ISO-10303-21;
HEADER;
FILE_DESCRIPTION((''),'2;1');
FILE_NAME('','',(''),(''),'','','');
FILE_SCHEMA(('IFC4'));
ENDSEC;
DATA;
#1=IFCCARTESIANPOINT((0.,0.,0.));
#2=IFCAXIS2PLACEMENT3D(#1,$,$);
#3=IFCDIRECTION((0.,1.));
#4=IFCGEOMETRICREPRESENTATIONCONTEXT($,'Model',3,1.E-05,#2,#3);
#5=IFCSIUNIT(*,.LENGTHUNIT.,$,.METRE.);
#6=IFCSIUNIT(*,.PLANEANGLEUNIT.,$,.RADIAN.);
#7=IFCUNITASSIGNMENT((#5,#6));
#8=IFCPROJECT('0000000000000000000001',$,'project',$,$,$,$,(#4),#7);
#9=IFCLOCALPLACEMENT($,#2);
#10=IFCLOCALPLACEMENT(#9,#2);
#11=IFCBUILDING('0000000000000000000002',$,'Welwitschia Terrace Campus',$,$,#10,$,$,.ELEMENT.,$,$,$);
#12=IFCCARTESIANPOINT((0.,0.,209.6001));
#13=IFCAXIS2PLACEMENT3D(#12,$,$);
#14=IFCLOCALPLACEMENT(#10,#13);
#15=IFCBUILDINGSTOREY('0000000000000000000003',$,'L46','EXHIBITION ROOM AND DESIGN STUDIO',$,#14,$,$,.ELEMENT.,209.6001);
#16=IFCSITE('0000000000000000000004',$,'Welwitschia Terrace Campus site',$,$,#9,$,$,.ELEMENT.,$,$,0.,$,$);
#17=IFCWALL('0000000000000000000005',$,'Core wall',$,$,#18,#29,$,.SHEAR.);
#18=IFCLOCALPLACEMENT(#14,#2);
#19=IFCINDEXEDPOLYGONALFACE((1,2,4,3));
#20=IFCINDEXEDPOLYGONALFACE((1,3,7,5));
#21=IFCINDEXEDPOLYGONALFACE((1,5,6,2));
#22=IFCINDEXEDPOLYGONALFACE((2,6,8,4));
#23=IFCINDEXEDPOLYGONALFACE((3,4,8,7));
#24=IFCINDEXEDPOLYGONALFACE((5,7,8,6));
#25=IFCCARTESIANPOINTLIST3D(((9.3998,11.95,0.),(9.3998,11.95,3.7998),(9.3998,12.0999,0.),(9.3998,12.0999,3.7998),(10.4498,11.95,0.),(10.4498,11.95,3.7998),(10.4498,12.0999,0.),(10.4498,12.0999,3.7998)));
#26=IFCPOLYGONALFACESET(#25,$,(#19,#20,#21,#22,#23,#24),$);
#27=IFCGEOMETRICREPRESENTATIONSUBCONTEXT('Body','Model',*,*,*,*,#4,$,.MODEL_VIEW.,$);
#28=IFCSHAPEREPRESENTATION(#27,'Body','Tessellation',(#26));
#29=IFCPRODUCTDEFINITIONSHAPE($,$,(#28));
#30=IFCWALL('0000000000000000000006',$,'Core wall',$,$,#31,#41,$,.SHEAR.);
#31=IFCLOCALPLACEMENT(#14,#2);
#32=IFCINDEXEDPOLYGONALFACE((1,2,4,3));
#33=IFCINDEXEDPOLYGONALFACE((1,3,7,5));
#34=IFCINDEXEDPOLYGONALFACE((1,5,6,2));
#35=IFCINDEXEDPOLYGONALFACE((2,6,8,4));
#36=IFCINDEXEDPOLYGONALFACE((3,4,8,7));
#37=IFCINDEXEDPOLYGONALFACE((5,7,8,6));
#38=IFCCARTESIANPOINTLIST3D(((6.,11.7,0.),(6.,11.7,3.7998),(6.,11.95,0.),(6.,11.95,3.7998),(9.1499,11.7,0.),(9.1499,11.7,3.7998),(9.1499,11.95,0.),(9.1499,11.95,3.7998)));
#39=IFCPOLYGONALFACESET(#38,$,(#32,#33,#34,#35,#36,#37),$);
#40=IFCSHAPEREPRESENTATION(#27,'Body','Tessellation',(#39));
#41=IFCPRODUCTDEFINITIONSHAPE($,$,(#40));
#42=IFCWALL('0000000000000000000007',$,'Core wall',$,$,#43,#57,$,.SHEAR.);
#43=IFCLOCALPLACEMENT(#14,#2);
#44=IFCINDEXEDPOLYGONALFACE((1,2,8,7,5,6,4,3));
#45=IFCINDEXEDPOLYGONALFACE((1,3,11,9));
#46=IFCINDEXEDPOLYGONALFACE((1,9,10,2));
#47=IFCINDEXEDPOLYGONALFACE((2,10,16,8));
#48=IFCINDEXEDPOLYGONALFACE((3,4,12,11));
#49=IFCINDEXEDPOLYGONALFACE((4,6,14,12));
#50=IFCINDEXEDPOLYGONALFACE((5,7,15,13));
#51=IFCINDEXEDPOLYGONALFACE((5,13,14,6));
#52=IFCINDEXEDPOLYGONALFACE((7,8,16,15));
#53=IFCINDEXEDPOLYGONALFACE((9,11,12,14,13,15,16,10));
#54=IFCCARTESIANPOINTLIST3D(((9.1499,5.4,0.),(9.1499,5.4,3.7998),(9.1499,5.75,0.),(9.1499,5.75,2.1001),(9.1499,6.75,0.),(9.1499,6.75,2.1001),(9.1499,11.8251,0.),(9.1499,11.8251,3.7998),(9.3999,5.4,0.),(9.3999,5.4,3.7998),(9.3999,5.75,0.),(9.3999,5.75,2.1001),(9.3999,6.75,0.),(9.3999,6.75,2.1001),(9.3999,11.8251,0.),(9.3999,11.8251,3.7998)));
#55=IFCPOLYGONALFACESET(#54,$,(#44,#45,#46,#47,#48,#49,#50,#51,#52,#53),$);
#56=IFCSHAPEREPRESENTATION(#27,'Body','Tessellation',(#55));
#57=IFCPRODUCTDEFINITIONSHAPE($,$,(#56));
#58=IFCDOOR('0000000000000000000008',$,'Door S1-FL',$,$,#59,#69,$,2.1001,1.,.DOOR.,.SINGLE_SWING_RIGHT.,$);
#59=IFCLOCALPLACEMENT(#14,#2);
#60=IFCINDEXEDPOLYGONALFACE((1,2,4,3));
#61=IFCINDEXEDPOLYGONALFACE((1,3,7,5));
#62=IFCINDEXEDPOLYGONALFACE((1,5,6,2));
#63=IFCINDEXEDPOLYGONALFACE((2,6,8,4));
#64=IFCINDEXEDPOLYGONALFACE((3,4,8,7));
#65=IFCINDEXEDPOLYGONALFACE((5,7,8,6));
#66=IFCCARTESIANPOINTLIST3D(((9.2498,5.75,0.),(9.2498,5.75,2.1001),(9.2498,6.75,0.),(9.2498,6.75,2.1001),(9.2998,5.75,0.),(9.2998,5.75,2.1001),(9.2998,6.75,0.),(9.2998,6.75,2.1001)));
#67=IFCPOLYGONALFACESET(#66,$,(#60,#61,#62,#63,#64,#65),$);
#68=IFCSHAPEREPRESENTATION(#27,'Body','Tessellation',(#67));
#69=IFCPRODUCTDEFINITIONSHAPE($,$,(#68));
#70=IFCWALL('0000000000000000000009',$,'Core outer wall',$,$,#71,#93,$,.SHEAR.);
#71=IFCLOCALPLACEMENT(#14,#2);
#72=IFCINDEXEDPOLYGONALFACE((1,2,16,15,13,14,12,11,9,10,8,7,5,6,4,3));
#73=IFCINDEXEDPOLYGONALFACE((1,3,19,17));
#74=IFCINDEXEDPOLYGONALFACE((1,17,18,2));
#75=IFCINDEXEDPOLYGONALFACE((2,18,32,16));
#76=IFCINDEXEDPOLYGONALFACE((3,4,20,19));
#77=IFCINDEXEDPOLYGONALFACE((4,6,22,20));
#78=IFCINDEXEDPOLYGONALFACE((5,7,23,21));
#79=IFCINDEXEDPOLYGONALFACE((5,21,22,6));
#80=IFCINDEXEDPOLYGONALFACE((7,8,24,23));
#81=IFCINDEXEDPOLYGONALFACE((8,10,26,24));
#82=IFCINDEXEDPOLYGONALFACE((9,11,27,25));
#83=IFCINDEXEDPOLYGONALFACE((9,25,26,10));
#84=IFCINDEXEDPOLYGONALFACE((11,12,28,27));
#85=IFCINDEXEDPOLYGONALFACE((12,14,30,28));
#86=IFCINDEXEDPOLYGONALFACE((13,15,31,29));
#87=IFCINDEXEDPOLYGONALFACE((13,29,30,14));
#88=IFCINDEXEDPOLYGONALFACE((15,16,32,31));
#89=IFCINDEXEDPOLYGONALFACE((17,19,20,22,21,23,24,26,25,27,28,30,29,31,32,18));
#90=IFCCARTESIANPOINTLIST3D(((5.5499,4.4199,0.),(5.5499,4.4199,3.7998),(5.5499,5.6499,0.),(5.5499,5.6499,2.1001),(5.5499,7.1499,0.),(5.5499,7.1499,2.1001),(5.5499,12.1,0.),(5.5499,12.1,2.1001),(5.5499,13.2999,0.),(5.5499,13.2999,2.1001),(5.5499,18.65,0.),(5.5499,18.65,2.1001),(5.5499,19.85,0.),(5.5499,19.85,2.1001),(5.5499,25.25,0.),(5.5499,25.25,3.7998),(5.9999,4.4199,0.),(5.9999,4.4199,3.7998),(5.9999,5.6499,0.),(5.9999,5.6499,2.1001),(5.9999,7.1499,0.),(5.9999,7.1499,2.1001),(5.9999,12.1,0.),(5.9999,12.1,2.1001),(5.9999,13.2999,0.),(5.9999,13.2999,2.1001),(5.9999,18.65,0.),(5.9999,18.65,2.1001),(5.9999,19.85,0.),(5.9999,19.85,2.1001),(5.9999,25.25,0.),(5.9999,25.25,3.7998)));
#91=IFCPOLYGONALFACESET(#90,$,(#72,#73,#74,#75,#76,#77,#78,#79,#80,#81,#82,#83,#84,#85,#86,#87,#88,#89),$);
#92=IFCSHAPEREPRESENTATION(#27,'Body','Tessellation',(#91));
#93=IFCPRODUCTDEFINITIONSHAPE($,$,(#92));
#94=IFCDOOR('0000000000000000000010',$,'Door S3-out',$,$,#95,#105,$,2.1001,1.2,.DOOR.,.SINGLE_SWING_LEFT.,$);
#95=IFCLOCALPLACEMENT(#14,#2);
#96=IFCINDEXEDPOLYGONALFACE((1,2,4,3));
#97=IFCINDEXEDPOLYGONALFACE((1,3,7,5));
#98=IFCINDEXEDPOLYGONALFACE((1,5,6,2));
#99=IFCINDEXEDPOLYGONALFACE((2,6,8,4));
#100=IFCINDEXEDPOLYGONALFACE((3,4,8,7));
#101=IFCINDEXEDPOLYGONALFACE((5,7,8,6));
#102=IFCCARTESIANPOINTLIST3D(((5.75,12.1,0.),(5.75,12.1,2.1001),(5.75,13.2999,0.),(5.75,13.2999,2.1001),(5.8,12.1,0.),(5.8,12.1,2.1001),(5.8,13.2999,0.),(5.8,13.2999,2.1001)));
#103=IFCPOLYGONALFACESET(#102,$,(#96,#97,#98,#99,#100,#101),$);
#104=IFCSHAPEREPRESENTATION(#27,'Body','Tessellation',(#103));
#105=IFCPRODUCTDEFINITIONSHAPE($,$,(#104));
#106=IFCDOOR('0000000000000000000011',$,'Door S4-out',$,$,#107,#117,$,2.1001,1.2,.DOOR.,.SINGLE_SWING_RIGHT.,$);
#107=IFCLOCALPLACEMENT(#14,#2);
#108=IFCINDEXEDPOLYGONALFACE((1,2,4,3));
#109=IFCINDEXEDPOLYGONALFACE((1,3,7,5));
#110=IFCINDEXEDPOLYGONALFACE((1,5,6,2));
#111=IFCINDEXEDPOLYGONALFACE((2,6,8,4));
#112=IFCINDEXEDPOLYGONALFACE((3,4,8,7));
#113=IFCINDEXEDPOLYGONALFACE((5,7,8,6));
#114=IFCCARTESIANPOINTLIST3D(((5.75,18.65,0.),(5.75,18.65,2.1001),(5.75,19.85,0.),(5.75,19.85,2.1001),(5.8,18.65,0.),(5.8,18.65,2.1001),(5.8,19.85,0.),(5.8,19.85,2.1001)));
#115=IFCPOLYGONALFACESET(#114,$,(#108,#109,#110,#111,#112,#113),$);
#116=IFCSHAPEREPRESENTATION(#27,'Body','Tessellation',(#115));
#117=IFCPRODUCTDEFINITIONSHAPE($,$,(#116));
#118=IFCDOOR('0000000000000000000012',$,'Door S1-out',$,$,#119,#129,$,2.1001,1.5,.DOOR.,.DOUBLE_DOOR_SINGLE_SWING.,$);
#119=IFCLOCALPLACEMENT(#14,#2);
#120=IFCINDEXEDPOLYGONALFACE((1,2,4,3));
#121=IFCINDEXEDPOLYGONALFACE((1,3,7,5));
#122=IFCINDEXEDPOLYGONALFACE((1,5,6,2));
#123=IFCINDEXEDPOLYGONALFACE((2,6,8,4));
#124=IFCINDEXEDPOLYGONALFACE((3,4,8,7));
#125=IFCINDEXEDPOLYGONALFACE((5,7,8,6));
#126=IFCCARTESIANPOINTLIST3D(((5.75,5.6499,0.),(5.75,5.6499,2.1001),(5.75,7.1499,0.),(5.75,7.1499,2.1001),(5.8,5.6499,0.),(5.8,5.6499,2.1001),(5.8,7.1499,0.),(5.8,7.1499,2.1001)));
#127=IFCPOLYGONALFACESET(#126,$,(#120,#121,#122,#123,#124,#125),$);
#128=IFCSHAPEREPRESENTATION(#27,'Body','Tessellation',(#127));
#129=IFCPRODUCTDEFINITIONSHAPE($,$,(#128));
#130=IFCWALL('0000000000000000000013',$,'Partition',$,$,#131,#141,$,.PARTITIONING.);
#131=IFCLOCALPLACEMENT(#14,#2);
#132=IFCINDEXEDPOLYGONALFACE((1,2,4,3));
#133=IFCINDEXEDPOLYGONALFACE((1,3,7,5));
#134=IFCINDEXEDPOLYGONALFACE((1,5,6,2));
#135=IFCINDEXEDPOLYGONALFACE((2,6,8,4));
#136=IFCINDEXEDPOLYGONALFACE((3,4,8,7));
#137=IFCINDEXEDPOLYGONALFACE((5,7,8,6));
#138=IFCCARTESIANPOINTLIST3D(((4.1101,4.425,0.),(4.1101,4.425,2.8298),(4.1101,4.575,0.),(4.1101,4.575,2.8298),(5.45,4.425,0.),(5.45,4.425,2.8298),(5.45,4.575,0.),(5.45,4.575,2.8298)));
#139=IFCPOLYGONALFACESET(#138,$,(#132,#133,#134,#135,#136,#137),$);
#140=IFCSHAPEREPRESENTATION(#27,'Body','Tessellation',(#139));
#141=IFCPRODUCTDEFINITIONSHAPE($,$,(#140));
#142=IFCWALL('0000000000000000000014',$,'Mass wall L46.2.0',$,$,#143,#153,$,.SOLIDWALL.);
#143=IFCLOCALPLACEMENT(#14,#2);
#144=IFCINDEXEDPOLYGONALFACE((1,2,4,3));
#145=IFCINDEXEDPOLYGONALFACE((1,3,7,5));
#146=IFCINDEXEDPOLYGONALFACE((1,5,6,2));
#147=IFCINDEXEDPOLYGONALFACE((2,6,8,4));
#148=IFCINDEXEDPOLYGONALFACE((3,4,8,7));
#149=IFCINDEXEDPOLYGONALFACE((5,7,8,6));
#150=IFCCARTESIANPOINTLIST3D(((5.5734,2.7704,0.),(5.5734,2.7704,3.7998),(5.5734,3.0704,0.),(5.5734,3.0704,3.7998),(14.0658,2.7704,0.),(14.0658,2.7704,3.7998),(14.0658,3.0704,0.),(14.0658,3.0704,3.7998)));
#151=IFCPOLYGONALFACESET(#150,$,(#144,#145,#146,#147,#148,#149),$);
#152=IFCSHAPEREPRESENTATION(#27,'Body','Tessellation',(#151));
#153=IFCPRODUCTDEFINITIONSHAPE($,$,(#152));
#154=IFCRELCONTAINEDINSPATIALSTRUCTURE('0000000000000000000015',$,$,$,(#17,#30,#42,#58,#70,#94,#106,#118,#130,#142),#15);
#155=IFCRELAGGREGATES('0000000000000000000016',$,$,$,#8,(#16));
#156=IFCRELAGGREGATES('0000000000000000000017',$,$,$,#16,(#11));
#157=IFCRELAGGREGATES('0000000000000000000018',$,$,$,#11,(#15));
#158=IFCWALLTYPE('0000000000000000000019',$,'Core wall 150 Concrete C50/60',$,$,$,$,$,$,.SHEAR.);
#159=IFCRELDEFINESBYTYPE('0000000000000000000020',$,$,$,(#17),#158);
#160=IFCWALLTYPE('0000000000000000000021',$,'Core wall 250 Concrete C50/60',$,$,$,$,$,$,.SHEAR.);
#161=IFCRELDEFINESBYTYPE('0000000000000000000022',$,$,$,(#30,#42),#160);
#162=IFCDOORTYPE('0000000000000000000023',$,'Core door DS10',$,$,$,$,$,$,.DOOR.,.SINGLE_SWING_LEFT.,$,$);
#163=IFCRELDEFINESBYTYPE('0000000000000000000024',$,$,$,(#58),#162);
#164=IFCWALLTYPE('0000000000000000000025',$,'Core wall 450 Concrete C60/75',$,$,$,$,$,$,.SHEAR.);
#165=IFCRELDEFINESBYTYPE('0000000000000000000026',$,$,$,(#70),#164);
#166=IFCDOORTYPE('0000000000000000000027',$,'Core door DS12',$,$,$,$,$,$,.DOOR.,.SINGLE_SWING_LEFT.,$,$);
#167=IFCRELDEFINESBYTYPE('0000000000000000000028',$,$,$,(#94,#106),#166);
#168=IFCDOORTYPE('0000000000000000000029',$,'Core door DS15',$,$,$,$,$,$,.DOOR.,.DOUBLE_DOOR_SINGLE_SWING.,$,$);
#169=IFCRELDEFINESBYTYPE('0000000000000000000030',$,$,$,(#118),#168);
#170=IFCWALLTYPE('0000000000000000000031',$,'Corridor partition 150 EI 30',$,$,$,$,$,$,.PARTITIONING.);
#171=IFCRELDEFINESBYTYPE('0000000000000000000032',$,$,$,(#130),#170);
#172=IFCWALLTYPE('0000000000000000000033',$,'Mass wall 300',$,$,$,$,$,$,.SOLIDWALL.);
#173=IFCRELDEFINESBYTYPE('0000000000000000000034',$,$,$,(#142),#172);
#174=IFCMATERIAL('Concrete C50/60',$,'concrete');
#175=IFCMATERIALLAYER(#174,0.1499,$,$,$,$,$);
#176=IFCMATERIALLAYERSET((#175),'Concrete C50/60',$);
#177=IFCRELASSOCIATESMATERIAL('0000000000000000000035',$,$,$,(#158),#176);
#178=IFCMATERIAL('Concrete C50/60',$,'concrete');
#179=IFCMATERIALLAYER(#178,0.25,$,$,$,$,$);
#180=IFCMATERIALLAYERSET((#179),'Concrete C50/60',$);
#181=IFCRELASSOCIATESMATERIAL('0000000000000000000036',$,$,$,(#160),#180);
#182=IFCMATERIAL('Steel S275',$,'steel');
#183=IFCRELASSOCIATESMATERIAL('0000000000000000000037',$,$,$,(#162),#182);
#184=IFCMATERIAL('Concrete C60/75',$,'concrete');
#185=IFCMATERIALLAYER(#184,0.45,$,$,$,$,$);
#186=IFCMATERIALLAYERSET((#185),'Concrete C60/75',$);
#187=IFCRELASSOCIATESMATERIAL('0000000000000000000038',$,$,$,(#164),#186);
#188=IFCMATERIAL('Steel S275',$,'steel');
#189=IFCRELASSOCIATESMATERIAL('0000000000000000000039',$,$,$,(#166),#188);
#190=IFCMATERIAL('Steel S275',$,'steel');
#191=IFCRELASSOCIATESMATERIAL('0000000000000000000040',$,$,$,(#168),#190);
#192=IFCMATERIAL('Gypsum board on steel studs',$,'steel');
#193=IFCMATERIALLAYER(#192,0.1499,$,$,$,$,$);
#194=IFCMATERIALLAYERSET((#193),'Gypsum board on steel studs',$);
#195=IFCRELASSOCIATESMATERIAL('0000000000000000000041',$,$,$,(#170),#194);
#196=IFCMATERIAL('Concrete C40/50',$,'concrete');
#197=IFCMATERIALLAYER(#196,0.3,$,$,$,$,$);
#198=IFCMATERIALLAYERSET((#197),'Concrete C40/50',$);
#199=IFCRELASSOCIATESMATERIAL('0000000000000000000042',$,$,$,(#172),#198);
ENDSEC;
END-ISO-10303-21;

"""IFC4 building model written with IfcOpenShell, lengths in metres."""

from ifc_helpers import new_model, si_unit, direction, frame, frame_2d, origin, place, context, subcontext, project, spatial, rectangle, extrude, material, layer, layer_set, type_object, element, fill, save


model = new_model("IFC4")

# Units and contexts
model_context = context("Model", 3, precision=1e-05, world=origin(), true_north=direction((0.0, 1.0)))
body_context = subcontext(model_context, "Body", "Model", "MODEL_VIEW")
ifc_project = project(units=[si_unit("LENGTHUNIT", "METRE"), si_unit("PLANEANGLEUNIT", "RADIAN")], contexts=[model_context])

# Site, building, storey
site_placement = place(None, origin())
site = spatial("IfcSite", under=ifc_project, at=site_placement, Name="Welwitschia Terrace Campus site", CompositionType="ELEMENT", RefElevation=0.0)
building_placement = place(site_placement, origin())
building = spatial("IfcBuilding", under=site, at=building_placement, Name="Welwitschia Terrace Campus", CompositionType="ELEMENT")
storey_placement = place(building_placement, frame((0.0, 0.0, 209.6001)))
storey = spatial("IfcBuildingStorey", under=building, at=storey_placement, Name="L46", Description="EXHIBITION ROOM AND DESIGN STUDIO", CompositionType="ELEMENT", Elevation=209.6001)

# Walls
ifc_material_1 = material(Name="Concrete C50/60", Category="concrete")
ifc_layer_1 = layer(ifc_material_1, 0.1499)
ifc_layer_set_1 = layer_set([ifc_layer_1], Name="Concrete C50/60")
wall_type_1 = type_object("IfcWallType", Name="Core wall 150 Concrete C50/60", PredefinedType="SHEAR", material=ifc_layer_set_1)
for number, where, z_axis, x_axis, name in (
    (1, (9.3999, 12.0249, 0.0), (0.0, 0.0, 1.0), (1.0, 0.0, 0.0), "Core wall"),
):
    element("IfcWall", number, at=place(storey_placement, frame(where, z_axis=z_axis, x_axis=x_axis)), inside=storey, type_object=wall_type_1, Name=name, PredefinedType="SHEAR", context=body_context, shape_type="SweptSolid", body=[
        extrude(rectangle(XDim=1.05, YDim=0.1499, at=frame_2d((0.5249, 0.0))), origin(), (0.0, 0.0, 1.0), 3.7998),
    ])
ifc_material_2 = material(Name="Concrete C50/60", Category="concrete")
ifc_layer_2 = layer(ifc_material_2, 0.25)
ifc_layer_set_2 = layer_set([ifc_layer_2], Name="Concrete C50/60")
wall_type_2 = type_object("IfcWallType", Name="Core wall 250 Concrete C50/60", PredefinedType="SHEAR", material=ifc_layer_set_2)
wall_1_placement = place(storey_placement, frame((6.0, 11.825, 0.0), z_axis=(0.0, 0.0, 1.0), x_axis=(1.0, 0.0, 0.0)))
element("IfcWall", 2, at=wall_1_placement, inside=storey, type_object=wall_type_2, Name="Core wall", PredefinedType="SHEAR", context=body_context, shape_type="SweptSolid", body=[
    extrude(rectangle(XDim=3.1499, YDim=0.25, at=frame_2d((1.575, 0.0))), origin(), (0.0, 0.0, 1.0), 3.7998),
])

# Wall, opening, door
wall_2_placement = place(storey_placement, frame((9.2749, 11.825, 0.0), z_axis=(0.0, 0.0, 1.0), x_axis=(0.0, -1.0, 0.0)))
wall_2 = element("IfcWall", 3, at=wall_2_placement, inside=storey, type_object=wall_type_2, Name="Core wall", PredefinedType="SHEAR", context=body_context, shape_type="SweptSolid", body=[
    extrude(rectangle(XDim=6.425, YDim=0.25, at=frame_2d((3.2124, 0.0))), origin(), (0.0, 0.0, 1.0), 3.7998),
])
opening_1_placement = place(wall_2_placement, frame((5.075, 0.0, 0.0)))
opening_1 = element("IfcOpeningElement", 4, at=opening_1_placement, cuts=wall_2, PredefinedType="OPENING", context=body_context, shape_type="SweptSolid", body=[
    extrude(rectangle(XDim=1.0, YDim=2.1001, at=frame_2d((0.5, 1.05))), frame((0.0, 0.135, 0.0), z_axis=(0.0, -1.0, 0.0), x_axis=(1.0, 0.0, 0.0)), (0.0, 0.0, 1.0), 0.27),
])
ifc_material_3 = material(Name="Steel S275", Category="steel")
door_type_1 = type_object("IfcDoorType", Name="Core door DS10", OperationType="SINGLE_SWING_LEFT", PredefinedType="DOOR", material=ifc_material_3)
door_1_placement = place(opening_1_placement, origin())
door_1 = element("IfcDoor", 5, at=door_1_placement, inside=storey, type_object=door_type_1, Name="Door S1-FL", OperationType="SINGLE_SWING_RIGHT", OverallHeight=2.1001, OverallWidth=1.0, PredefinedType="DOOR", context=body_context, shape_type="SweptSolid", body=[
    extrude(rectangle(XDim=1.0, YDim=2.1001, at=frame_2d((0.5, 1.05))), frame((0.0, 0.0249, 0.0), z_axis=(0.0, -1.0, 0.0), x_axis=(1.0, 0.0, 0.0)), (0.0, 0.0, 1.0), 0.05),
])
fill(opening_1, door_1)

# Wall, openings, doors
ifc_material_4 = material(Name="Concrete C60/75", Category="concrete")
ifc_layer_3 = layer(ifc_material_4, 0.45)
ifc_layer_set_3 = layer_set([ifc_layer_3], Name="Concrete C60/75")
wall_type_3 = type_object("IfcWallType", Name="Core wall 450 Concrete C60/75", PredefinedType="SHEAR", material=ifc_layer_set_3)
wall_3_placement = place(storey_placement, frame((5.7749, 4.4199, 0.0), z_axis=(0.0, 0.0, 1.0), x_axis=(0.0, 1.0, 0.0)))
wall_3 = element("IfcWall", 6, at=wall_3_placement, inside=storey, type_object=wall_type_3, Name="Core outer wall", PredefinedType="SHEAR", context=body_context, shape_type="SweptSolid", body=[
    extrude(rectangle(XDim=20.8301, YDim=0.45, at=frame_2d((10.415, 0.0))), origin(), (0.0, 0.0, 1.0), 3.7998),
])
opening_2_placement = place(wall_3_placement, frame((1.23, 0.0, 0.0)))
opening_2 = element("IfcOpeningElement", 7, at=opening_2_placement, cuts=wall_3, PredefinedType="OPENING", context=body_context, shape_type="SweptSolid", body=[
    extrude(rectangle(XDim=1.5, YDim=2.1001, at=frame_2d((0.75, 1.05))), frame((0.0, 0.2349, 0.0), z_axis=(0.0, -1.0, 0.0), x_axis=(1.0, 0.0, 0.0)), (0.0, 0.0, 1.0), 0.47),
])
opening_3_placement = place(wall_3_placement, frame((7.6799, 0.0, 0.0)))
opening_3 = element("IfcOpeningElement", 8, at=opening_3_placement, cuts=wall_3, PredefinedType="OPENING", context=body_context, shape_type="SweptSolid", body=[
    extrude(rectangle(XDim=1.2, YDim=2.1001, at=frame_2d((0.6001, 1.05))), frame((0.0, 0.2349, 0.0), z_axis=(0.0, -1.0, 0.0), x_axis=(1.0, 0.0, 0.0)), (0.0, 0.0, 1.0), 0.47),
])
opening_4_placement = place(wall_3_placement, frame((14.23, 0.0, 0.0)))
opening_4 = element("IfcOpeningElement", 9, at=opening_4_placement, cuts=wall_3, PredefinedType="OPENING", context=body_context, shape_type="SweptSolid", body=[
    extrude(rectangle(XDim=1.2, YDim=2.1001, at=frame_2d((0.6001, 1.05))), frame((0.0, 0.2349, 0.0), z_axis=(0.0, -1.0, 0.0), x_axis=(1.0, 0.0, 0.0)), (0.0, 0.0, 1.0), 0.47),
])
ifc_material_5 = material(Name="Steel S275", Category="steel")
door_type_2 = type_object("IfcDoorType", Name="Core door DS12", OperationType="SINGLE_SWING_LEFT", PredefinedType="DOOR", material=ifc_material_5)
door_2_placement = place(opening_3_placement, origin())
door_2 = element("IfcDoor", 10, at=door_2_placement, inside=storey, type_object=door_type_2, Name="Door S3-out", OperationType="SINGLE_SWING_LEFT", OverallHeight=2.1001, OverallWidth=1.2, PredefinedType="DOOR", context=body_context, shape_type="SweptSolid", body=[
    extrude(rectangle(XDim=1.2, YDim=2.1001, at=frame_2d((0.6001, 1.05))), frame((0.0, 0.0249, 0.0), z_axis=(0.0, -1.0, 0.0), x_axis=(1.0, 0.0, 0.0)), (0.0, 0.0, 1.0), 0.05),
])
fill(opening_3, door_2)
door_3_placement = place(opening_4_placement, origin())
door_3 = element("IfcDoor", 11, at=door_3_placement, inside=storey, type_object=door_type_2, Name="Door S4-out", OperationType="SINGLE_SWING_RIGHT", OverallHeight=2.1001, OverallWidth=1.2, PredefinedType="DOOR", context=body_context, shape_type="SweptSolid", body=[
    extrude(rectangle(XDim=1.2, YDim=2.1001, at=frame_2d((0.6001, 1.05))), frame((0.0, 0.0249, 0.0), z_axis=(0.0, -1.0, 0.0), x_axis=(1.0, 0.0, 0.0)), (0.0, 0.0, 1.0), 0.05),
])
fill(opening_4, door_3)
ifc_material_6 = material(Name="Steel S275", Category="steel")
door_type_3 = type_object("IfcDoorType", Name="Core door DS15", OperationType="DOUBLE_DOOR_SINGLE_SWING", PredefinedType="DOOR", material=ifc_material_6)
door_4_placement = place(opening_2_placement, origin())
door_4 = element("IfcDoor", 12, at=door_4_placement, inside=storey, type_object=door_type_3, Name="Door S1-out", OperationType="DOUBLE_DOOR_SINGLE_SWING", OverallHeight=2.1001, OverallWidth=1.5, PredefinedType="DOOR", context=body_context, shape_type="SweptSolid", body=[
    extrude(rectangle(XDim=1.5, YDim=2.1001, at=frame_2d((0.75, 1.05))), frame((0.0, 0.0249, 0.0), z_axis=(0.0, -1.0, 0.0), x_axis=(1.0, 0.0, 0.0)), (0.0, 0.0, 1.0), 0.05),
])
fill(opening_2, door_4)

# Walls
ifc_material_7 = material(Name="Gypsum board on steel studs", Category="steel")
ifc_layer_4 = layer(ifc_material_7, 0.1499)
ifc_layer_set_4 = layer_set([ifc_layer_4], Name="Gypsum board on steel studs")
wall_type_4 = type_object("IfcWallType", Name="Corridor partition 150 EI 30", PredefinedType="PARTITIONING", material=ifc_layer_set_4)
wall_4_placement = place(storey_placement, frame((4.1101, 4.5, 0.0), z_axis=(0.0, 0.0, 1.0), x_axis=(1.0, 0.0, 0.0)))
element("IfcWall", 13, at=wall_4_placement, inside=storey, type_object=wall_type_4, Name="Partition", PredefinedType="PARTITIONING", context=body_context, shape_type="SweptSolid", body=[
    extrude(rectangle(XDim=1.3398, YDim=0.1499, at=frame_2d((0.6699, 0.0))), origin(), (0.0, 0.0, 1.0), 2.8298),
])
ifc_material_8 = material(Name="Concrete C40/50", Category="concrete")
ifc_layer_5 = layer(ifc_material_8, 0.3)
ifc_layer_set_5 = layer_set([ifc_layer_5], Name="Concrete C40/50")
wall_type_5 = type_object("IfcWallType", Name="Mass wall 300", PredefinedType="SOLIDWALL", material=ifc_layer_set_5)
wall_5_placement = place(storey_placement, frame((5.5735, 2.9204, 0.0), z_axis=(0.0, 0.0, 1.0), x_axis=(1.0, 0.0, 0.0)))
element("IfcWall", 14, at=wall_5_placement, inside=storey, type_object=wall_type_5, Name="Mass wall L46.2.0", PredefinedType="SOLIDWALL", context=body_context, shape_type="SweptSolid", body=[
    extrude(rectangle(XDim=8.4924, YDim=0.3, at=frame_2d((4.2461, 0.0))), origin(), (0.0, 0.0, 1.0), 3.7998),
])

save(model, "model.ifc")
